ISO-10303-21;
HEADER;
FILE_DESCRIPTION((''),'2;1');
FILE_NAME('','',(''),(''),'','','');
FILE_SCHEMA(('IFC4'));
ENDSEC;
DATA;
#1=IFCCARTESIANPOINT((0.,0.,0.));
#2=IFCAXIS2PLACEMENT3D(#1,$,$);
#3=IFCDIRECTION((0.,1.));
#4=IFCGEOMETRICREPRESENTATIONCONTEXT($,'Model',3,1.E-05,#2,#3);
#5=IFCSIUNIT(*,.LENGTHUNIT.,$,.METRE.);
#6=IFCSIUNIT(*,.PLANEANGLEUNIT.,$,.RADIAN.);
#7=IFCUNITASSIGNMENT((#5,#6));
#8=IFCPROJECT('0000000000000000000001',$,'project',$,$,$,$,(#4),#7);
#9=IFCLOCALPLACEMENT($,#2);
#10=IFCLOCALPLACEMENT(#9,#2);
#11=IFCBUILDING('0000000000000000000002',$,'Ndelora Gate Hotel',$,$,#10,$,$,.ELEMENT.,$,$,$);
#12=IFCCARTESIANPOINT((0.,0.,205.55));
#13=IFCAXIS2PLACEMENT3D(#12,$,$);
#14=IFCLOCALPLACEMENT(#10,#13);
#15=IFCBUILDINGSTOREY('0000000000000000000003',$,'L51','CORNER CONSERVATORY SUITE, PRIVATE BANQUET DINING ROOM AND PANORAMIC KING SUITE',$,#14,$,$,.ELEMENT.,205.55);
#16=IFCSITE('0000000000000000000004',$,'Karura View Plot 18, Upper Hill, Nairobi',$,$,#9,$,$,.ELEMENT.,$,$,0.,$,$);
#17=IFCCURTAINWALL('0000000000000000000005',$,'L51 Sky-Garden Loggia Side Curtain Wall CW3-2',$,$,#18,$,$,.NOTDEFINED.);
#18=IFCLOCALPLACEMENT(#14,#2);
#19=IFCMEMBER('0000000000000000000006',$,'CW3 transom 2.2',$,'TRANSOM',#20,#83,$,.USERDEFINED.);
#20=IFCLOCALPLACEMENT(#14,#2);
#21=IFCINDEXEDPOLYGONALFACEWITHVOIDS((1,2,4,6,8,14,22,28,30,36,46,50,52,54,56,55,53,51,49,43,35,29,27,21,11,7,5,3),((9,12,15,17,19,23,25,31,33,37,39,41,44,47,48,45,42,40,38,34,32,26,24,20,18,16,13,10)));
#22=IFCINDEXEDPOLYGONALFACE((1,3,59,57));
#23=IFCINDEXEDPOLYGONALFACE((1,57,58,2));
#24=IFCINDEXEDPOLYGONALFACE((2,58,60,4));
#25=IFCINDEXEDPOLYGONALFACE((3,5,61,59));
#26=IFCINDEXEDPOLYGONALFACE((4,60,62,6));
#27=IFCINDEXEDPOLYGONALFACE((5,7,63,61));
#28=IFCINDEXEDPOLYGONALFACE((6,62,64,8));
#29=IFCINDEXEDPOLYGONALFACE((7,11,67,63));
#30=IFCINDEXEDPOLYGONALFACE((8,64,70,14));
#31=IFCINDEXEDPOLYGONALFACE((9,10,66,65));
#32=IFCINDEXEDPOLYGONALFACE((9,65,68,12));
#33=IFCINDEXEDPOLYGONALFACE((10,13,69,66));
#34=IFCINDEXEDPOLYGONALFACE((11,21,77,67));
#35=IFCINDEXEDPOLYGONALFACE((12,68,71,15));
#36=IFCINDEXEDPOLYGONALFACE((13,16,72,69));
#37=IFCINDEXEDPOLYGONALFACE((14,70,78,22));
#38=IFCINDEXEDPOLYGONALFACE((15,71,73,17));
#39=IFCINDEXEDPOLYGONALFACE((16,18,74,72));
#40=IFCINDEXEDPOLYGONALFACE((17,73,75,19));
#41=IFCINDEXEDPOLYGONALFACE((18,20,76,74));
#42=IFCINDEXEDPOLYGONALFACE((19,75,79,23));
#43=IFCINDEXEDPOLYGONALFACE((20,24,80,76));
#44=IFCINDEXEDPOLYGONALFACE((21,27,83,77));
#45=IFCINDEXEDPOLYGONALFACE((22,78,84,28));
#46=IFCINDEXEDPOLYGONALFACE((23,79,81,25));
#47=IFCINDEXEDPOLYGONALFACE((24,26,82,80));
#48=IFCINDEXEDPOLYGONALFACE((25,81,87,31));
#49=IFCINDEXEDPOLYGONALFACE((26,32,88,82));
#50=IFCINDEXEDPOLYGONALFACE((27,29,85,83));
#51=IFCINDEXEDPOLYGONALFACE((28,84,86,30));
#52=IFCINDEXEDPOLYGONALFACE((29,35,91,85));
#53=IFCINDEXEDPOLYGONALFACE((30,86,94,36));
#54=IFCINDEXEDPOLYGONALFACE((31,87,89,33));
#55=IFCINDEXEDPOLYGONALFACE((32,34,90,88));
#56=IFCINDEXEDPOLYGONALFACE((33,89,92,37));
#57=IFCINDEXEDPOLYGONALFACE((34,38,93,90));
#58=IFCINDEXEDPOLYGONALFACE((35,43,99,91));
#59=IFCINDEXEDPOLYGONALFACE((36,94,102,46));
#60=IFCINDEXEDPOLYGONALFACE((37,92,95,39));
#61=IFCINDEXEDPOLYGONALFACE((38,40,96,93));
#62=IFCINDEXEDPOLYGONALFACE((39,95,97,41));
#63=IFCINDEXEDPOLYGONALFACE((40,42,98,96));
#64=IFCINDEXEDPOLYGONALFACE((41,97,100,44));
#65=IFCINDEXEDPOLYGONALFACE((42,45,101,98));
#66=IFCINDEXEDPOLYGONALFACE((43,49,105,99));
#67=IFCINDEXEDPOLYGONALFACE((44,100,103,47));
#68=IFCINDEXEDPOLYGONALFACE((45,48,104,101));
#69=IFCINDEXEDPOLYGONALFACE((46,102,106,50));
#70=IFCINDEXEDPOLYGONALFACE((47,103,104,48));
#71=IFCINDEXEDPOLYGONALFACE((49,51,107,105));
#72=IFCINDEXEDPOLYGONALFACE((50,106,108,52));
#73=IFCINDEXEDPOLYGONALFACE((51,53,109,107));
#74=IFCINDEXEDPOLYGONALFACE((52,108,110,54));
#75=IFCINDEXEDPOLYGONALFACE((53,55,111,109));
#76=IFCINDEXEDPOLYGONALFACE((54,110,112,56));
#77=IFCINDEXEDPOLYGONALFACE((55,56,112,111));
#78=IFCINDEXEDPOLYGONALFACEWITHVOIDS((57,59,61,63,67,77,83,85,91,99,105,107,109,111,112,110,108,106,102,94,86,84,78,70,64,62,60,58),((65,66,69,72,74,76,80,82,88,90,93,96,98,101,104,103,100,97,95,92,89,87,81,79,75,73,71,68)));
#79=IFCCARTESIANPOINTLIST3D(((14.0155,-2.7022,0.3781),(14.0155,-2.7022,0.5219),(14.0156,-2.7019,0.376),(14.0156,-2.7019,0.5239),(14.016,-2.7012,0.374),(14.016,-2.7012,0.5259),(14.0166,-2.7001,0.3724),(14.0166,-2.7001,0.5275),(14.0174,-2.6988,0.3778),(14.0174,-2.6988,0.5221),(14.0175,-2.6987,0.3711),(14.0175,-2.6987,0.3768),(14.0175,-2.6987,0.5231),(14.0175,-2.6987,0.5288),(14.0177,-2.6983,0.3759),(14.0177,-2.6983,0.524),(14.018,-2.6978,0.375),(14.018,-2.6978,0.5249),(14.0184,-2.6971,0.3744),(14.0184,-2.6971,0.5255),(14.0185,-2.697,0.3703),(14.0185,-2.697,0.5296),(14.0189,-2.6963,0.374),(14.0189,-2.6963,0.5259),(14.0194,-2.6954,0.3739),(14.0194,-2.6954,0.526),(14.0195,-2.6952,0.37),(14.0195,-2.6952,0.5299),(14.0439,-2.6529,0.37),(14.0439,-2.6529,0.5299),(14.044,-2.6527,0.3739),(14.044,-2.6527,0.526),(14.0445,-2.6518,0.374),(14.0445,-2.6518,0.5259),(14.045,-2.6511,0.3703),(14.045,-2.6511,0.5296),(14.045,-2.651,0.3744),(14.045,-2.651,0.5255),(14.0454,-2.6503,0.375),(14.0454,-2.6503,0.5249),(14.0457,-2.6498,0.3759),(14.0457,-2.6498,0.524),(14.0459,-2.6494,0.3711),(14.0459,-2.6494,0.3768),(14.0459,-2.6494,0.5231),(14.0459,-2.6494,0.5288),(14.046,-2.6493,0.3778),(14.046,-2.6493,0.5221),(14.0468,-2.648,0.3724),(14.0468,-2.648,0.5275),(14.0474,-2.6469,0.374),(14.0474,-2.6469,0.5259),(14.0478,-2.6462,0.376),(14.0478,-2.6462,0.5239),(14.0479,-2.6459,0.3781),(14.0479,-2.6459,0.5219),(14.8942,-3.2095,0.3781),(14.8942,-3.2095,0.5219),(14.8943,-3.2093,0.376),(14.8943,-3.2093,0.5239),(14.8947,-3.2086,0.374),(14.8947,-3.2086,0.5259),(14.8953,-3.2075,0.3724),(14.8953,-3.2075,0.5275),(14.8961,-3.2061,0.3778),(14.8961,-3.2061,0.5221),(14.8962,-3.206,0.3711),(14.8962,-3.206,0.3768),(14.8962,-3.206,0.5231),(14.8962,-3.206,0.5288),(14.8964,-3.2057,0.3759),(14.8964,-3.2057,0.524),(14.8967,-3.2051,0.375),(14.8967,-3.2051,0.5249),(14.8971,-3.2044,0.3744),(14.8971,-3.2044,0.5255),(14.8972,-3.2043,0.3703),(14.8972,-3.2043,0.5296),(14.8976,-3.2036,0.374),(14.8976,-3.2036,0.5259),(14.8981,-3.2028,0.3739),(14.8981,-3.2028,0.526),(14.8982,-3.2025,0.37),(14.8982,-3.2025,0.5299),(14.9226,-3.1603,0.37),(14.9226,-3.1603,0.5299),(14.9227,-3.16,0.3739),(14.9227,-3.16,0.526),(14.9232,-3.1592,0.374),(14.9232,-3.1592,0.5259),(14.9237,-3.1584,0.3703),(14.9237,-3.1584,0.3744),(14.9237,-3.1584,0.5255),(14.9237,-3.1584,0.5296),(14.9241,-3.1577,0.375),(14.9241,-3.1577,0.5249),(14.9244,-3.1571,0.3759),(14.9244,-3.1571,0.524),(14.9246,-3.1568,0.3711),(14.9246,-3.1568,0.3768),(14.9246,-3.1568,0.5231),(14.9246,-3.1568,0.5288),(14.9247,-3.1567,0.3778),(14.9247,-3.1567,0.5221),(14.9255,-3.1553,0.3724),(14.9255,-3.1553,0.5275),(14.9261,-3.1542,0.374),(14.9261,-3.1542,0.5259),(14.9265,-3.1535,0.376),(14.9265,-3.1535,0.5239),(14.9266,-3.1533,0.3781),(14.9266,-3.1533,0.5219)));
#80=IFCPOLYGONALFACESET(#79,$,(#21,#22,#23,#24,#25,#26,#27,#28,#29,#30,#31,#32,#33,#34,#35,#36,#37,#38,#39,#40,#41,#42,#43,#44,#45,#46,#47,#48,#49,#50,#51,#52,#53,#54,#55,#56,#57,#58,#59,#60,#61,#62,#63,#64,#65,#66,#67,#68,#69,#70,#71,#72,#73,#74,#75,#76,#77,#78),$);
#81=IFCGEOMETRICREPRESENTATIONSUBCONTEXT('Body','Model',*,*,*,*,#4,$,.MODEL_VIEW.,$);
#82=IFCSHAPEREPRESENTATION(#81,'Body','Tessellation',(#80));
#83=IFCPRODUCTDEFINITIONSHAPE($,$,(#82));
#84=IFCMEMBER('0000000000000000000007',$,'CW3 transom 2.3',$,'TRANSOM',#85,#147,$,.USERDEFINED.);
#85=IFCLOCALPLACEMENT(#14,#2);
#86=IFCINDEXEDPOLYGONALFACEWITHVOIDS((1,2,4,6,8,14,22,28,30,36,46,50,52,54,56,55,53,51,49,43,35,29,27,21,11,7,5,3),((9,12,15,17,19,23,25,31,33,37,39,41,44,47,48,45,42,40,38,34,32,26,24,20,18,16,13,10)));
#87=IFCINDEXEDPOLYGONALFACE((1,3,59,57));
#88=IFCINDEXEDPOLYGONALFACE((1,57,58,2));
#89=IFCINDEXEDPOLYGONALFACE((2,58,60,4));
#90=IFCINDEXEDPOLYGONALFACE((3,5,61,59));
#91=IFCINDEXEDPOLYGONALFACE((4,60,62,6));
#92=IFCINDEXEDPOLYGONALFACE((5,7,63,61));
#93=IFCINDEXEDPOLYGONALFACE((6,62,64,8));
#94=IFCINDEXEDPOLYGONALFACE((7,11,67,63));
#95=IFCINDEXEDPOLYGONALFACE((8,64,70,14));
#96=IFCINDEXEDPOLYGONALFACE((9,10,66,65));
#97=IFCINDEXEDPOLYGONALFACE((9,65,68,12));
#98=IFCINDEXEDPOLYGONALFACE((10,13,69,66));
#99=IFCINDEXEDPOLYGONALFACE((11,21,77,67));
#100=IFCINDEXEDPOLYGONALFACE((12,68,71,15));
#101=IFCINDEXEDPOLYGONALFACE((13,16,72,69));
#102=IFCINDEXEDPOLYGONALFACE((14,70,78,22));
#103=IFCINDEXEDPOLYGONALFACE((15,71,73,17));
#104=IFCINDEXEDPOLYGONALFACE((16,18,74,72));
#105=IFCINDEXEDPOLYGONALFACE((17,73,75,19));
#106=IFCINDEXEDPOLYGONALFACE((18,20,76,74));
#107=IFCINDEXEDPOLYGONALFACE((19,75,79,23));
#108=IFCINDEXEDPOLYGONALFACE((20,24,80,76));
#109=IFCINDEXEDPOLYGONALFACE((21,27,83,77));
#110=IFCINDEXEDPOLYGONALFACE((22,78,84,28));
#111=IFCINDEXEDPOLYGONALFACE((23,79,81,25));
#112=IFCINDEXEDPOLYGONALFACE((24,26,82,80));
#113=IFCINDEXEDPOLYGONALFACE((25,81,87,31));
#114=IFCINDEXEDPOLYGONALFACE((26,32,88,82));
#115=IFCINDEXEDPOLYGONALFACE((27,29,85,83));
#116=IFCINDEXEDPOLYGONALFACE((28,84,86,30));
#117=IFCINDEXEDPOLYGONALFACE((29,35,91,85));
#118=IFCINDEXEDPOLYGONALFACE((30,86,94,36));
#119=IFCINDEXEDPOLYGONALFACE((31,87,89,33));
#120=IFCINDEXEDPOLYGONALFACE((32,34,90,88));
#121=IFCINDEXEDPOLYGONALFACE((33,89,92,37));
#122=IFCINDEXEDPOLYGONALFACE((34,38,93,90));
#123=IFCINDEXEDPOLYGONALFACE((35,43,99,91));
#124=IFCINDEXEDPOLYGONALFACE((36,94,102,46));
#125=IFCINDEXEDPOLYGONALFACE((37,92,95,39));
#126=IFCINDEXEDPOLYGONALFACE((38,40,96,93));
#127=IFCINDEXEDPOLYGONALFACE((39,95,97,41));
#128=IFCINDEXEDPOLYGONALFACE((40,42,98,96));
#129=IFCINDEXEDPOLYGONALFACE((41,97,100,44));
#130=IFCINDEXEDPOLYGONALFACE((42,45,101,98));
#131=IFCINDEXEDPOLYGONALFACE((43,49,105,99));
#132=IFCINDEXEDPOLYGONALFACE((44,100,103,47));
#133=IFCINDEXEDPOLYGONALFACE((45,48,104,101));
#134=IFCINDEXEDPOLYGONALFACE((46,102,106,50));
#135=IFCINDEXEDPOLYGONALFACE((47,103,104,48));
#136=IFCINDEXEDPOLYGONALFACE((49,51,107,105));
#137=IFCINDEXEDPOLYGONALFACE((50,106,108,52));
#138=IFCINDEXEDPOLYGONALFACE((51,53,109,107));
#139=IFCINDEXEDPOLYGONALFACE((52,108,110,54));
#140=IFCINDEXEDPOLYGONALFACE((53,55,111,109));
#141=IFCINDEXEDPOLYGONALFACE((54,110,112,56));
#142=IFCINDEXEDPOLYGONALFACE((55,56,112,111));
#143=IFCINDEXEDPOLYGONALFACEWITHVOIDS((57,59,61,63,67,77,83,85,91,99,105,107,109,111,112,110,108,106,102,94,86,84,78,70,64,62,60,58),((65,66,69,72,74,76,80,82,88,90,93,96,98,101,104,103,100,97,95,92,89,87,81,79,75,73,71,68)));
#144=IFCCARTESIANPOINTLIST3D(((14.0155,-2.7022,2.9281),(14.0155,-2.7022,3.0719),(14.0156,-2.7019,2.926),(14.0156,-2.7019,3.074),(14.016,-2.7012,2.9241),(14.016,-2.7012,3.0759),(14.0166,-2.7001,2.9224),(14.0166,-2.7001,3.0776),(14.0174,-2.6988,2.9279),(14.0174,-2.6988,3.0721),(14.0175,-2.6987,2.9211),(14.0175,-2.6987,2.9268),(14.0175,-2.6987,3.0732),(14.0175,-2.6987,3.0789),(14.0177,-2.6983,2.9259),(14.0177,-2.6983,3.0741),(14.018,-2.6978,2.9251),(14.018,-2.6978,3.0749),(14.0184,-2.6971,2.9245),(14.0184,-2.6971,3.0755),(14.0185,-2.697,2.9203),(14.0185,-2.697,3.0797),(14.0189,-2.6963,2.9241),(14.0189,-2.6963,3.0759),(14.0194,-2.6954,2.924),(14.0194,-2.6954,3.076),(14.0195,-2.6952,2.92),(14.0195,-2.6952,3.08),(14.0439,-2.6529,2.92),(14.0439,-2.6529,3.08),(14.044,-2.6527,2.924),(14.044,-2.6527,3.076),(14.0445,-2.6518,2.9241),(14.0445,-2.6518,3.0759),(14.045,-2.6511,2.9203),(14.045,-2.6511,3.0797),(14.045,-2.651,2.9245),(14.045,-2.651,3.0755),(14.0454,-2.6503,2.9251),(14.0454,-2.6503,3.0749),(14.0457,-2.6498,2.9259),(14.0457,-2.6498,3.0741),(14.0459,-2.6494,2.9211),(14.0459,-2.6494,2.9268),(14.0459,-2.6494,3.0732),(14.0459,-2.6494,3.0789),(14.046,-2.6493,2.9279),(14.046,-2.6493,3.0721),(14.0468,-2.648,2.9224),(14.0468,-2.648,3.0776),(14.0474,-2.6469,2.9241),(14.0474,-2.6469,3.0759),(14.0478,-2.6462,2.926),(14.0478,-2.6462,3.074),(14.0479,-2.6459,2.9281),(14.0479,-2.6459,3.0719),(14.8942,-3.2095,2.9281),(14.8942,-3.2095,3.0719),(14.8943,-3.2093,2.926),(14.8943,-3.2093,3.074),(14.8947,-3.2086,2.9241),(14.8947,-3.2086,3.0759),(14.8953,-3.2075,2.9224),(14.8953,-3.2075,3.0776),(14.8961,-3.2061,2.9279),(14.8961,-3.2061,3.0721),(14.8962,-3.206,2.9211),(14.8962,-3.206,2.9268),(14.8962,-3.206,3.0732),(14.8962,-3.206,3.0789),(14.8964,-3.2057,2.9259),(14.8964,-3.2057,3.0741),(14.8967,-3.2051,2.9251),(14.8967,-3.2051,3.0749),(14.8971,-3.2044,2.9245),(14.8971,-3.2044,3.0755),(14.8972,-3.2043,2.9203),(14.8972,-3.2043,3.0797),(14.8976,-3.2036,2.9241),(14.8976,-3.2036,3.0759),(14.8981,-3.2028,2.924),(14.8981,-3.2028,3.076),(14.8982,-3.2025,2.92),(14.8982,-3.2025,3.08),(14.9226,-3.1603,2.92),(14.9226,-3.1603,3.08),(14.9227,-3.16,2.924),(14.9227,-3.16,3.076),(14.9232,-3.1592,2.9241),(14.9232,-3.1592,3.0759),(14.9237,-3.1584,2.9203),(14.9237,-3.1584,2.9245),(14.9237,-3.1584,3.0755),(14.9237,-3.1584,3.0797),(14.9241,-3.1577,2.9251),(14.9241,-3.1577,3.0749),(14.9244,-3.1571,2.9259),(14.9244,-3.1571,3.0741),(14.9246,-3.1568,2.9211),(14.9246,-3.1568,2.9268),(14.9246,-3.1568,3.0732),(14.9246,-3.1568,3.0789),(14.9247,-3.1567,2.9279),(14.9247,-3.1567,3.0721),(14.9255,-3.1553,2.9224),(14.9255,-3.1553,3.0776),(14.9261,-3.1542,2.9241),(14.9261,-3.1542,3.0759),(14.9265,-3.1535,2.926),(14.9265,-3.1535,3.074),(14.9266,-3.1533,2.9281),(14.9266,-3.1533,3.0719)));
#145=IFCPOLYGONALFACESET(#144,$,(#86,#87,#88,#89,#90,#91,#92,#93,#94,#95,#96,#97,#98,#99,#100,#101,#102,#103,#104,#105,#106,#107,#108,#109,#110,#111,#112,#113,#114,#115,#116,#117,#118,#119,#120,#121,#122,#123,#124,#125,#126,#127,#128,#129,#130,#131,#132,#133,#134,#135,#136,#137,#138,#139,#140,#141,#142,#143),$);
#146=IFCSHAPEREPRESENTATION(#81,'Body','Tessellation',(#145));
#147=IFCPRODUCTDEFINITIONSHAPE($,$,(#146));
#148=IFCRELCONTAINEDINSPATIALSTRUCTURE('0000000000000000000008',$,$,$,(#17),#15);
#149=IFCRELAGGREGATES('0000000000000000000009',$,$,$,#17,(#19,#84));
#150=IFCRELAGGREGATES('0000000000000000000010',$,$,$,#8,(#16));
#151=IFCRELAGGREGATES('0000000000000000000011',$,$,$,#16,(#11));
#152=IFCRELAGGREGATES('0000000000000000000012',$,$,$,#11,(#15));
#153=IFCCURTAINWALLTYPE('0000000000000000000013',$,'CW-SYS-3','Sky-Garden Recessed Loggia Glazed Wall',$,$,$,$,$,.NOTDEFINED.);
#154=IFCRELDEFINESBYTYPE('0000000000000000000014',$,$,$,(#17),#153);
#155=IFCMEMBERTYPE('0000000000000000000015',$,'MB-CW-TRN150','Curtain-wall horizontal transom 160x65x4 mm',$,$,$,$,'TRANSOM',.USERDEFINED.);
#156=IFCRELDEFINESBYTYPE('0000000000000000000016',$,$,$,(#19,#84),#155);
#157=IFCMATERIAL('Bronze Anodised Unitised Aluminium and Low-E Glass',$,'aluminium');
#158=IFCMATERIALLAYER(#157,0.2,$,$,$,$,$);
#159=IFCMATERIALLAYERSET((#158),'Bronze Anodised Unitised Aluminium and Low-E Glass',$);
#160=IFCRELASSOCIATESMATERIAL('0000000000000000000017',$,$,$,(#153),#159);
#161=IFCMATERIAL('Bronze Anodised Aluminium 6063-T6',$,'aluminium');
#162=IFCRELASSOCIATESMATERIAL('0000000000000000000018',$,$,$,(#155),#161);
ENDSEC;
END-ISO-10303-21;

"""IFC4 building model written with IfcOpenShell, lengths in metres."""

from ifc_helpers import new_model, si_unit, direction, frame, origin, origin_2d, place, context, subcontext, project, spatial, hollow_rectangle, extrude, material, layer, layer_set, material_profile, profile_set, type_object, element, aggregate, save


model = new_model("IFC4")

# Units and contexts
model_context = context("Model", 3, precision=1e-05, world=origin(), true_north=direction((0.0, 1.0)))
body_context = subcontext(model_context, "Body", "Model", "MODEL_VIEW")
ifc_project = project(units=[si_unit("LENGTHUNIT", "METRE"), si_unit("PLANEANGLEUNIT", "RADIAN")], contexts=[model_context])

# Site, building, storey
site_placement = place(None, origin())
site = spatial("IfcSite", under=ifc_project, at=site_placement, Name="Karura View Plot 18, Upper Hill, Nairobi", CompositionType="ELEMENT", RefElevation=0.0)
building_placement = place(site_placement, origin())
building = spatial("IfcBuilding", under=site, at=building_placement, Name="Ndelora Gate Hotel", CompositionType="ELEMENT")
storey_placement = place(building_placement, frame((0.0, 0.0, 205.55)))
storey = spatial("IfcBuildingStorey", under=building, at=storey_placement, Name="L51", Description="CORNER CONSERVATORY SUITE, PRIVATE BANQUET DINING ROOM AND PANORAMIC KING SUITE", CompositionType="ELEMENT", Elevation=205.55)

# Curtain wall, members
ifc_material_1 = material(Name="Bronze Anodised Unitised Aluminium and Low-E Glass", Category="aluminium")
ifc_layer_1 = layer(ifc_material_1, 0.2)
ifc_layer_set_1 = layer_set([ifc_layer_1], Name="Bronze Anodised Unitised Aluminium and Low-E Glass")
curtain_wall_type = type_object("IfcCurtainWallType", Name="CW-SYS-3", Description="Sky-Garden Recessed Loggia Glazed Wall", PredefinedType="NOTDEFINED", material=ifc_layer_set_1)
curtain_wall_placement = place(storey_placement, origin())
curtain_wall = element("IfcCurtainWall", 1, at=curtain_wall_placement, inside=storey, type_object=curtain_wall_type, Name="L51 Sky-Garden Loggia Side Curtain Wall CW3-2", PredefinedType="NOTDEFINED")
ifc_material_2 = material(Name="Bronze Anodised Aluminium 6063-T6", Category="aluminium")
ifc_material_profile_1 = material_profile(ifc_material_2, hollow_rectangle(XDim=0.0649, YDim=0.1599, WallThickness=0.0039, InnerFilletRadius=0.0039, OuterFilletRadius=0.0081, at=origin_2d()), Name="ALU 160x65x4")
ifc_profile_set_1 = profile_set([ifc_material_profile_1], Name="Bronze Anodised Aluminium 6063-T6")
member_type_1 = type_object("IfcMemberType", Name="MB-CW-TRN150", Description="Curtain-wall horizontal transom 160x65x4 mm", ElementType="TRANSOM", PredefinedType="USERDEFINED", material=ifc_profile_set_1)
member_1_placement = place(storey_placement, frame((14.9104, -3.1814, 0.45), z_axis=(-0.866013, 0.500021, 0.0), x_axis=(-0.500021, -0.866013, 0.0)))
member_1 = element("IfcMember", 2, at=member_1_placement, type_object=member_type_1, Name="CW3 transom 2.2", ObjectType="TRANSOM", PredefinedType="USERDEFINED", context=body_context, shape_type="SweptSolid", body=[
    extrude(hollow_rectangle(XDim=0.0649, YDim=0.1599, WallThickness=0.0039, InnerFilletRadius=0.0039, OuterFilletRadius=0.0081, at=origin_2d()), origin(), (0.0, 0.0, 1.0), 1.0146),
])
member_2_placement = place(storey_placement, frame((14.9104, -3.1814, 3.0), z_axis=(-0.866013, 0.500021, 0.0), x_axis=(-0.500021, -0.866013, 0.0)))
member_2 = element("IfcMember", 3, at=member_2_placement, type_object=member_type_1, Name="CW3 transom 2.3", ObjectType="TRANSOM", PredefinedType="USERDEFINED", context=body_context, shape_type="SweptSolid", body=[
    extrude(hollow_rectangle(XDim=0.0649, YDim=0.1599, WallThickness=0.0039, InnerFilletRadius=0.0039, OuterFilletRadius=0.0081, at=origin_2d()), origin(), (0.0, 0.0, 1.0), 1.0146),
])
aggregate(curtain_wall, [member_1, member_2])

save(model, "model.ifc")
